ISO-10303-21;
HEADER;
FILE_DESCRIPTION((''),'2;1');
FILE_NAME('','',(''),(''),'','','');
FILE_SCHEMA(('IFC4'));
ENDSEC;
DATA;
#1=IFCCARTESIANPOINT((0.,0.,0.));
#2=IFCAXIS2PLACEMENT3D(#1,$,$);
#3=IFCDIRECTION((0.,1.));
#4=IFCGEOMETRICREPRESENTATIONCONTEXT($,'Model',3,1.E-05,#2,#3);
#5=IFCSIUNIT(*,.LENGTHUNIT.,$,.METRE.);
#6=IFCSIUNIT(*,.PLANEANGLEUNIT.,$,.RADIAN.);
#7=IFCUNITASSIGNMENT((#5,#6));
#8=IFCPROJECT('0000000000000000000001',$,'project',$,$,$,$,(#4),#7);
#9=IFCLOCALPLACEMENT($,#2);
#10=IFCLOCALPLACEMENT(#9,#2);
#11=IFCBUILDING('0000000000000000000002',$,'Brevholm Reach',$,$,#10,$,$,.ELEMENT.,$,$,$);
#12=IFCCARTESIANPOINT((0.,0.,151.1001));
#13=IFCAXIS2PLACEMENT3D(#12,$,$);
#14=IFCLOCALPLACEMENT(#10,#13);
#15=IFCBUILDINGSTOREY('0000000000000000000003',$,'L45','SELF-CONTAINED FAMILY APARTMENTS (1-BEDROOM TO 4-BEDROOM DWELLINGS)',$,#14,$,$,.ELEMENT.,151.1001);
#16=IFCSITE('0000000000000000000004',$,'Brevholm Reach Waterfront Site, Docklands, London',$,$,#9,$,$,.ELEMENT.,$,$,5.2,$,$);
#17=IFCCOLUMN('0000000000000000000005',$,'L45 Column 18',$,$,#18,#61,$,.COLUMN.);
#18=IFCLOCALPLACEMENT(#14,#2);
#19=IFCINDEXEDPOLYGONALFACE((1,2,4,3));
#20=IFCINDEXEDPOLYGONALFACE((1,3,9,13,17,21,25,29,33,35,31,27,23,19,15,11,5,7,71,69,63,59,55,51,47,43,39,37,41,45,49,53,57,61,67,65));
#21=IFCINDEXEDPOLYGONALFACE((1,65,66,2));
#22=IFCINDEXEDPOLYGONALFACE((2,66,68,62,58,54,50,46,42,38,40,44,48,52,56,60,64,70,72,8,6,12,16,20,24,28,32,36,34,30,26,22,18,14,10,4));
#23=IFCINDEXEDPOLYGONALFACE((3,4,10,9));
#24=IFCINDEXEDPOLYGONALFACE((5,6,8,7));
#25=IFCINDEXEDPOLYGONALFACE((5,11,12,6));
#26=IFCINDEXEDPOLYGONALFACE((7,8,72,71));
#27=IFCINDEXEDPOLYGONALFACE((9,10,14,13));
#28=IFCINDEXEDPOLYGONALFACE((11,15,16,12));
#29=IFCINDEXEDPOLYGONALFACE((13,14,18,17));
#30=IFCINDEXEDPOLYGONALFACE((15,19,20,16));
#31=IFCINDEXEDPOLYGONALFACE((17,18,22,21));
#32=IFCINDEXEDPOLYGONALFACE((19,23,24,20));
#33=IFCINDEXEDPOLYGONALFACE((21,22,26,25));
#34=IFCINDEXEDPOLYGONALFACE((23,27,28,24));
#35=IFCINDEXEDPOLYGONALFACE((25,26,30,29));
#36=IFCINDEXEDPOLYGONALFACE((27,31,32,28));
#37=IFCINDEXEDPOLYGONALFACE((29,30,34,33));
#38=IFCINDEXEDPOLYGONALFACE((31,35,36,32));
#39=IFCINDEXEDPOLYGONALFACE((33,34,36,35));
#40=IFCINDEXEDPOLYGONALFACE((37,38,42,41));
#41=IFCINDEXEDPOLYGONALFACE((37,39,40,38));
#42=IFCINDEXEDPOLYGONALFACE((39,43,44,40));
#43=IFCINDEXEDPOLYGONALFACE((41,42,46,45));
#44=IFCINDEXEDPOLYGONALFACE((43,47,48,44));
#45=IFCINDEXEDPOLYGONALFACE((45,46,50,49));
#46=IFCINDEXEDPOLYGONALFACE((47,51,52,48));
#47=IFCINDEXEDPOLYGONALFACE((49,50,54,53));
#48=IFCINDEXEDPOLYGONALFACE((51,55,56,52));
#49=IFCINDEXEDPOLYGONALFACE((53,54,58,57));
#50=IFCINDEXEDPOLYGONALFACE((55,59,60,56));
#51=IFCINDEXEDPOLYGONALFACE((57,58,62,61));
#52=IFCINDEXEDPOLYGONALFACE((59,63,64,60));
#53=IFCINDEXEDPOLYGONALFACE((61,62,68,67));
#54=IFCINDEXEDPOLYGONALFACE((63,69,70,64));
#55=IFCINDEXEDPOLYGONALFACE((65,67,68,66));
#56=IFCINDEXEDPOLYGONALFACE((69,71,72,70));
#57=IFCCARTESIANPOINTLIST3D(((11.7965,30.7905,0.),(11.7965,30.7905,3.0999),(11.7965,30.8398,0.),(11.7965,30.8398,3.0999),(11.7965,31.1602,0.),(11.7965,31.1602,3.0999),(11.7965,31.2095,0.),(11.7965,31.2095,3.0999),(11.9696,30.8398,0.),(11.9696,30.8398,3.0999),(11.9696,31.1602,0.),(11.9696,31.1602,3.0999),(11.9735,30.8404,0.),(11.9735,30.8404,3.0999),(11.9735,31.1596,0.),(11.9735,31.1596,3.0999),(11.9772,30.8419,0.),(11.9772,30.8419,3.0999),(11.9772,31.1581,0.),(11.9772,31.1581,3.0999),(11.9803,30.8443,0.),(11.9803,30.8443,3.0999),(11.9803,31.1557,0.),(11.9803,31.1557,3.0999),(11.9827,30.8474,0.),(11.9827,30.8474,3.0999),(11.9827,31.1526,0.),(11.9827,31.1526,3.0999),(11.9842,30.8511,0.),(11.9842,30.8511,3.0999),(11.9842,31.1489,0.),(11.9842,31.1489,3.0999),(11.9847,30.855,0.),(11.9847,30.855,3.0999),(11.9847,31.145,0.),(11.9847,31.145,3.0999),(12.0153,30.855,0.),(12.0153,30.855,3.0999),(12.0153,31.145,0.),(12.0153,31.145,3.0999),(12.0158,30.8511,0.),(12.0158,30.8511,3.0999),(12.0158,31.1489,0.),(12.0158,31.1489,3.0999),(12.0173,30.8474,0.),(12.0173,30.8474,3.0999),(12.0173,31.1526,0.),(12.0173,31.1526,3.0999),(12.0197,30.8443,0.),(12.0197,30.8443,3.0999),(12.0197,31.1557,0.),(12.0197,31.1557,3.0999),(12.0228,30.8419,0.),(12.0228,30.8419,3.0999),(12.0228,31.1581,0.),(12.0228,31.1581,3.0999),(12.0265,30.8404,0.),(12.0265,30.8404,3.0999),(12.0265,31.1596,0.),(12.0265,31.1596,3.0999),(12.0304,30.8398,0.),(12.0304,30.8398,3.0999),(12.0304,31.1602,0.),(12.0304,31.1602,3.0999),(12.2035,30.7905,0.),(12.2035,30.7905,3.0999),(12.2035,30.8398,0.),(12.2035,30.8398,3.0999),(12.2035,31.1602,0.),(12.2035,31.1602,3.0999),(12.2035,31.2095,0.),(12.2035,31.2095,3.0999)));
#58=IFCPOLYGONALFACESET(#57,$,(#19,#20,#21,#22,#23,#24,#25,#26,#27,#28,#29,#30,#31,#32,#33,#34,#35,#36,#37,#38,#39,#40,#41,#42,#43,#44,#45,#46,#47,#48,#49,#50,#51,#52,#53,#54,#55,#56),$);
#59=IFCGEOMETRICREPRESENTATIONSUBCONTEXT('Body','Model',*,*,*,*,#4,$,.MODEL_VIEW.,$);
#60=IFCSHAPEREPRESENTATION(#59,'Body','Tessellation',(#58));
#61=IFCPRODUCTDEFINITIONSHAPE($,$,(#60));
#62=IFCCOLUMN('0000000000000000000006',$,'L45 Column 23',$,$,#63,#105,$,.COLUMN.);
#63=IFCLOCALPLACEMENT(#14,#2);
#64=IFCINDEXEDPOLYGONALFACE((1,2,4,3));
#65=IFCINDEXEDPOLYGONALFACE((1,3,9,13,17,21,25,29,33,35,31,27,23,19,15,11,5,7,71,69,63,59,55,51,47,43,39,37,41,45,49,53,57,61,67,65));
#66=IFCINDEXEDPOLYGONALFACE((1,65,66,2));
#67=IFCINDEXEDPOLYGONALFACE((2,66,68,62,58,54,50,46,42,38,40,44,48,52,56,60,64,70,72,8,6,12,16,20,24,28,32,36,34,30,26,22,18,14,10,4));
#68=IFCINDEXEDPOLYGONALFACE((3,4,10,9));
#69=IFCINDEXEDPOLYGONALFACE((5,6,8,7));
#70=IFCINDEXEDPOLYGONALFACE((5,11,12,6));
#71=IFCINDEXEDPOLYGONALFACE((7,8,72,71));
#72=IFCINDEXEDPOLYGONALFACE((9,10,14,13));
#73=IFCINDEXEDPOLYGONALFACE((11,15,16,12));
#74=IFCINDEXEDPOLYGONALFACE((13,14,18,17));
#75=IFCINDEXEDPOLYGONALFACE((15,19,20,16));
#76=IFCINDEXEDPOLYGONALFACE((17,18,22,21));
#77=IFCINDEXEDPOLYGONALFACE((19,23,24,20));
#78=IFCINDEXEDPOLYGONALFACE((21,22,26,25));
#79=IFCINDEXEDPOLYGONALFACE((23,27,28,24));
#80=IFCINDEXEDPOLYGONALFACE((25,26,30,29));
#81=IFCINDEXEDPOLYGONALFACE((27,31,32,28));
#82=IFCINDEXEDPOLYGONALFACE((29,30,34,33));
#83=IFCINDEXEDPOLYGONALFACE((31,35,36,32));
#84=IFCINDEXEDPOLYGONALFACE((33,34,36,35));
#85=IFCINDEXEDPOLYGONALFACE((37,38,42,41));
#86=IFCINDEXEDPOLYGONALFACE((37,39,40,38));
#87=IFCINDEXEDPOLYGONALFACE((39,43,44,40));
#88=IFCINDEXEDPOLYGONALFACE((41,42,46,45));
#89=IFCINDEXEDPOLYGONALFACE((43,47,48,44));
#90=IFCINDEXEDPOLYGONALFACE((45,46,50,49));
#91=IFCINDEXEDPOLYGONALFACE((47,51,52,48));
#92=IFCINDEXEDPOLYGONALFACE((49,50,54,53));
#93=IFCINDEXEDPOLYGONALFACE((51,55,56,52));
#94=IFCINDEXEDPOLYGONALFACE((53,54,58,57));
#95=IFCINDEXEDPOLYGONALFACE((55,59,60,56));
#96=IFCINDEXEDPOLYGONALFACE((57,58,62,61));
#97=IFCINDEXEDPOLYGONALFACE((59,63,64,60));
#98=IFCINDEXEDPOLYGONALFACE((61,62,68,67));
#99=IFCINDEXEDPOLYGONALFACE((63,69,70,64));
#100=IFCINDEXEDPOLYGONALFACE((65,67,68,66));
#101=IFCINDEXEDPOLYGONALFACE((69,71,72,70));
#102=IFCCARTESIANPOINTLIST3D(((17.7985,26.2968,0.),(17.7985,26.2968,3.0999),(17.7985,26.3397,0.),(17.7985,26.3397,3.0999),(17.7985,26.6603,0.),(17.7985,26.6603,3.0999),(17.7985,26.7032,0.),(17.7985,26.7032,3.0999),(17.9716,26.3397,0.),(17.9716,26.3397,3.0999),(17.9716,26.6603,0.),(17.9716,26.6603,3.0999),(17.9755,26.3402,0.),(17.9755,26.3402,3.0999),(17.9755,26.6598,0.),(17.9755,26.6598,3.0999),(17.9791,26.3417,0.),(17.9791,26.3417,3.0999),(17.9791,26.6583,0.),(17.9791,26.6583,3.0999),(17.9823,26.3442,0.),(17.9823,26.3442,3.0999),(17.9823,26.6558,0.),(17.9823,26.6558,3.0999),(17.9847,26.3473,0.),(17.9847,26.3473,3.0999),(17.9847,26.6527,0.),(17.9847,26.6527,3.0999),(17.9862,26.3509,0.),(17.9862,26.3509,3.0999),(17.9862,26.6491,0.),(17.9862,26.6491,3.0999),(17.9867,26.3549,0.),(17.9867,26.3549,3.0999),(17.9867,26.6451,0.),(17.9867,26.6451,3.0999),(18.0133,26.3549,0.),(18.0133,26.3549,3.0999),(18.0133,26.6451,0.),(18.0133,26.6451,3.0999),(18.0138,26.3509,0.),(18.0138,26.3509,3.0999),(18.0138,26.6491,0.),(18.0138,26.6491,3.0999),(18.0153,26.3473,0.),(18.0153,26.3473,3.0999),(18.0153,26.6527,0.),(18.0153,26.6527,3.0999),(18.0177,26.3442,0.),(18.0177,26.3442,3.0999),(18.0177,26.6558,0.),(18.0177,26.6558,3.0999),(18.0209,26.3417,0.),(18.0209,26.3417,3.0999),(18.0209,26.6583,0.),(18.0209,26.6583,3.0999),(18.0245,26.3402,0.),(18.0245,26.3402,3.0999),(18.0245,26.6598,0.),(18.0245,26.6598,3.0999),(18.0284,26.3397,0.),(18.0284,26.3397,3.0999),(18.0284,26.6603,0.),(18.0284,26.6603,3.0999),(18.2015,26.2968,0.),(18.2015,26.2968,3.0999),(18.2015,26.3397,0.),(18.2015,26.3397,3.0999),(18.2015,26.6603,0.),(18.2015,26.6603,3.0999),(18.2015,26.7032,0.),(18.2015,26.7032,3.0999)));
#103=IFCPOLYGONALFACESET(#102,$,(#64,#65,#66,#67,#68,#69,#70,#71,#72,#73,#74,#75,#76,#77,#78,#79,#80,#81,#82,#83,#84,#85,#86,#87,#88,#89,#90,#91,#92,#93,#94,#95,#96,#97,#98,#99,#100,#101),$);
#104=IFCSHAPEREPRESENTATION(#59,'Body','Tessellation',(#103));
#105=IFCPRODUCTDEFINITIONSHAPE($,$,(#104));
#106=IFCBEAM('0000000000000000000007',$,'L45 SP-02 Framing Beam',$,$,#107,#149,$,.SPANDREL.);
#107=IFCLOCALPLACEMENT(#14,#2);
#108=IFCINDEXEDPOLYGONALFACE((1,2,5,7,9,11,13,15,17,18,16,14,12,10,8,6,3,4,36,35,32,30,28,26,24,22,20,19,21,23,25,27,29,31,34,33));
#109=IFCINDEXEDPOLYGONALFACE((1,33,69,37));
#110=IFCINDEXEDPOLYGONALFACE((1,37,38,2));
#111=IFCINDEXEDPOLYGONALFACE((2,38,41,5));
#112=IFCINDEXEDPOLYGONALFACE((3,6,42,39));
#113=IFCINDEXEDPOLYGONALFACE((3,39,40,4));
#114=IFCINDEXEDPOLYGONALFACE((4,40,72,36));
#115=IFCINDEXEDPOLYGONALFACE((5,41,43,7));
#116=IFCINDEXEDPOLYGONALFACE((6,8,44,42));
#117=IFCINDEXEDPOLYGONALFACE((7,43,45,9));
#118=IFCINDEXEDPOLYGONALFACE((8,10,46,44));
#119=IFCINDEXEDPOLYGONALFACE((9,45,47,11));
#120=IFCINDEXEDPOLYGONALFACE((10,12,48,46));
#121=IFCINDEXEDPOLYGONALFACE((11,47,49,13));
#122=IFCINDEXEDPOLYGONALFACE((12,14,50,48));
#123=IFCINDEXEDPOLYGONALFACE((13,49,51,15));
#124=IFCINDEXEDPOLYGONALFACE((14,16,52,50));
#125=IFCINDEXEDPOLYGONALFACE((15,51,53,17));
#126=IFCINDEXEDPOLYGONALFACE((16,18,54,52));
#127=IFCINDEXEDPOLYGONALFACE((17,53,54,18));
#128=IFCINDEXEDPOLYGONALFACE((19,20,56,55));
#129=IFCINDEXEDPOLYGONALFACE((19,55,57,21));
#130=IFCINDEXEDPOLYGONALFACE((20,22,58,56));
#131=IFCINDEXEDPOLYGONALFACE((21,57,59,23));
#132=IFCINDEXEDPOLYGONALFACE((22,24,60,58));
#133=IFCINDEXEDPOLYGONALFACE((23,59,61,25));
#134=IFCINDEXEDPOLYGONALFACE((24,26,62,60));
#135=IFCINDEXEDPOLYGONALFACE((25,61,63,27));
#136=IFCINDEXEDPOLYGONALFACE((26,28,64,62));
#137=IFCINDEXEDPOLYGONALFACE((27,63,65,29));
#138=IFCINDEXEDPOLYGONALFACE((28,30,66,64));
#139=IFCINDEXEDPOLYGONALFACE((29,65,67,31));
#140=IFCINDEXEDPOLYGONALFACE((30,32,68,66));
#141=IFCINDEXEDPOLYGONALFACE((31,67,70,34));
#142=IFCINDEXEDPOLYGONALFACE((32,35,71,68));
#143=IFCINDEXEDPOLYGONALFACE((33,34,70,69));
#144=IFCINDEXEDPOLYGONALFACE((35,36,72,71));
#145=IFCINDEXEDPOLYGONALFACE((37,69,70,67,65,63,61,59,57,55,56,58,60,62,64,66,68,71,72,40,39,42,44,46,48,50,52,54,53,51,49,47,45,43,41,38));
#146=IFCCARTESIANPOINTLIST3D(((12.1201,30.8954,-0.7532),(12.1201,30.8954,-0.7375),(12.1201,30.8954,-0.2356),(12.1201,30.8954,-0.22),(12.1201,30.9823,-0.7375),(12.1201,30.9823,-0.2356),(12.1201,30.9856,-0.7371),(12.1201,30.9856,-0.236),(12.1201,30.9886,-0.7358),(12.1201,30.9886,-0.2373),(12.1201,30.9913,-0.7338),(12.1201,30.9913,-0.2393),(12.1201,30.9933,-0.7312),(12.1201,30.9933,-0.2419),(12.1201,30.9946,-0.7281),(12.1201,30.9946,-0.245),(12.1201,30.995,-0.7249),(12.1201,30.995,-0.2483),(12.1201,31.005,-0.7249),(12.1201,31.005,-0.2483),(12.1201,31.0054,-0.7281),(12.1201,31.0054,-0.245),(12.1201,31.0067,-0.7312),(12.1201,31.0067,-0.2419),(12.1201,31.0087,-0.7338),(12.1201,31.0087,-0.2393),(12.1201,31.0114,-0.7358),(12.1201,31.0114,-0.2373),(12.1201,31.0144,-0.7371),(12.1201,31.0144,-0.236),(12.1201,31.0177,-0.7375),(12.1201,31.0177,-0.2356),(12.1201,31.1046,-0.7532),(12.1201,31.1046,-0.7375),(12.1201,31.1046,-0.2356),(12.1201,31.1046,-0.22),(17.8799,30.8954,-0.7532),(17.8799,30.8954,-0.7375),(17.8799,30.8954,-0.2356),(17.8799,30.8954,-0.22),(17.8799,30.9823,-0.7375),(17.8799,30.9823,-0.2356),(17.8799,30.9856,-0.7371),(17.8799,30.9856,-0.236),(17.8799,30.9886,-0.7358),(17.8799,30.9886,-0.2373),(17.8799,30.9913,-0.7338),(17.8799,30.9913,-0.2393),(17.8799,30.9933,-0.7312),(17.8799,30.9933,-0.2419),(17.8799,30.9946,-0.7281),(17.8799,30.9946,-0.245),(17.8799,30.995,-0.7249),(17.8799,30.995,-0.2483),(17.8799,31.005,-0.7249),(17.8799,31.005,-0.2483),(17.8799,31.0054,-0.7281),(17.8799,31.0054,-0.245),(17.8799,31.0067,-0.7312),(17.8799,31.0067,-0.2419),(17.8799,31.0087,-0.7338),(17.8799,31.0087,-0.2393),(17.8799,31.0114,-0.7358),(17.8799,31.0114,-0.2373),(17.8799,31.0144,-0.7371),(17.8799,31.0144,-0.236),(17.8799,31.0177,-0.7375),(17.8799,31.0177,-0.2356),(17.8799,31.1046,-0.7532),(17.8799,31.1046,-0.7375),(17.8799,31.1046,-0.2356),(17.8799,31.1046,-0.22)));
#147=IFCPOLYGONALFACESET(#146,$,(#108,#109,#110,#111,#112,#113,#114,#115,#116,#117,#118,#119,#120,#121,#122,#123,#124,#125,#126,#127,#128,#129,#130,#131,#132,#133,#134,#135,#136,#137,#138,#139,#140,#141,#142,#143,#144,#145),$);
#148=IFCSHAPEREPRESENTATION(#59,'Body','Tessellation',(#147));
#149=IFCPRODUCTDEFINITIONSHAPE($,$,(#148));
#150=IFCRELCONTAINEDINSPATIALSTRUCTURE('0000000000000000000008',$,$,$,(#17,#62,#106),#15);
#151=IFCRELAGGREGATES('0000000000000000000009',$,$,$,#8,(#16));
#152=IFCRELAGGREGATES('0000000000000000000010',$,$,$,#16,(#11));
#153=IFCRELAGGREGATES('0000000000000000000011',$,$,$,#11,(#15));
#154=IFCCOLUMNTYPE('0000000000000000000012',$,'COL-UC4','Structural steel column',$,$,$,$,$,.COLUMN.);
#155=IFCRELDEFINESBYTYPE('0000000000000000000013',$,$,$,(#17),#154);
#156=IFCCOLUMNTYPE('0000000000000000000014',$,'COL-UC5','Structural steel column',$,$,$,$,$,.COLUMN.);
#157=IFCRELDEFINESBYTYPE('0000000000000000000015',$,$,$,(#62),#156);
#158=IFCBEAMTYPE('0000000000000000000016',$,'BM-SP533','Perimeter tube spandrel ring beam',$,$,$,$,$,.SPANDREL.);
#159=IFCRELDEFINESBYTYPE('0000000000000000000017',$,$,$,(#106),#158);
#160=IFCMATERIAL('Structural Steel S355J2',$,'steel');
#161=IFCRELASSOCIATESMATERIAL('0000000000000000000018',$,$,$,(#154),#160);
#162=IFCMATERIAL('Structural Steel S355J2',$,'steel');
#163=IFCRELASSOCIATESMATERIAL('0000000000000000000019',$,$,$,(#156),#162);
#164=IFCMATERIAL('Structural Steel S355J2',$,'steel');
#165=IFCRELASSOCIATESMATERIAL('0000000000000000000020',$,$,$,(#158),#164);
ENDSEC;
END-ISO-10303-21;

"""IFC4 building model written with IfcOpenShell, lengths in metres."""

from ifc_helpers import new_model, si_unit, direction, frame, origin, origin_2d, place, context, subcontext, project, spatial, i_section, extrude, material, material_profile, profile_set, type_object, element, save


model = new_model("IFC4")

# Units and contexts
model_context = context("Model", 3, precision=1e-05, world=origin(), true_north=direction((0.0, 1.0)))
body_context = subcontext(model_context, "Body", "Model", "MODEL_VIEW")
ifc_project = project(units=[si_unit("LENGTHUNIT", "METRE"), si_unit("PLANEANGLEUNIT", "RADIAN")], contexts=[model_context])

# Site, building, storey
site_placement = place(None, origin())
site = spatial("IfcSite", under=ifc_project, at=site_placement, Name="Brevholm Reach Waterfront Site, Docklands, London", CompositionType="ELEMENT", RefElevation=5.2)
building_placement = place(site_placement, origin())
building = spatial("IfcBuilding", under=site, at=building_placement, Name="Brevholm Reach", CompositionType="ELEMENT")
storey_placement = place(building_placement, frame((0.0, 0.0, 151.1001)))
storey = spatial("IfcBuildingStorey", under=building, at=storey_placement, Name="L45", Description="SELF-CONTAINED FAMILY APARTMENTS (1-BEDROOM TO 4-BEDROOM DWELLINGS)", CompositionType="ELEMENT", Elevation=151.1001)

# Columns
ifc_material_1 = material(Name="Structural Steel S355J2", Category="steel")
ifc_material_profile_1 = material_profile(ifc_material_1, i_section(OverallWidth=0.407, OverallDepth=0.4189, WebThickness=0.0305, FlangeThickness=0.0493, FilletRadius=0.0151, at=origin_2d()), Name="UKC 356x406x393")
ifc_profile_set_1 = profile_set([ifc_material_profile_1], Name="Structural Steel S355J2")
column_type_1 = type_object("IfcColumnType", Name="COL-UC4", Description="Structural steel column", PredefinedType="COLUMN", material=ifc_profile_set_1)
column_1_placement = place(storey_placement, frame((12.0, 31.0, 0.0), z_axis=(0.0, 0.0, 1.0), x_axis=(1.0, 0.0, 0.0)))
element("IfcColumn", 1, at=column_1_placement, inside=storey, type_object=column_type_1, Name="L45 Column 18", PredefinedType="COLUMN", context=body_context, shape_type="SweptSolid", body=[
    extrude(i_section(OverallWidth=0.407, OverallDepth=0.4189, WebThickness=0.0305, FlangeThickness=0.0493, FilletRadius=0.0151, at=origin_2d()), origin(), (0.0, 0.0, 1.0), 3.0999),
])
ifc_material_2 = material(Name="Structural Steel S355J2", Category="steel")
ifc_material_profile_2 = material_profile(ifc_material_2, i_section(OverallWidth=0.4031, OverallDepth=0.4065, WebThickness=0.0266, FlangeThickness=0.043, FilletRadius=0.0151, at=origin_2d()), Name="UKC 356x406x340")
ifc_profile_set_2 = profile_set([ifc_material_profile_2], Name="Structural Steel S355J2")
column_type_2 = type_object("IfcColumnType", Name="COL-UC5", Description="Structural steel column", PredefinedType="COLUMN", material=ifc_profile_set_2)
column_2_placement = place(storey_placement, frame((18.0, 26.5, 0.0), z_axis=(0.0, 0.0, 1.0), x_axis=(1.0, 0.0, 0.0)))
element("IfcColumn", 2, at=column_2_placement, inside=storey, type_object=column_type_2, Name="L45 Column 23", PredefinedType="COLUMN", context=body_context, shape_type="SweptSolid", body=[
    extrude(i_section(OverallWidth=0.4031, OverallDepth=0.4065, WebThickness=0.0266, FlangeThickness=0.043, FilletRadius=0.0151, at=origin_2d()), origin(), (0.0, 0.0, 1.0), 3.0999),
])

# Beam
ifc_material_3 = material(Name="Structural Steel S355J2", Category="steel")
ifc_material_profile_3 = material_profile(ifc_material_3, i_section(OverallWidth=0.2092, OverallDepth=0.5332, WebThickness=0.01, FlangeThickness=0.0156, FilletRadius=0.0127, at=origin_2d()), Name="UKB 533x210x92")
ifc_profile_set_3 = profile_set([ifc_material_profile_3], Name="Structural Steel S355J2")
beam_type_1 = type_object("IfcBeamType", Name="BM-SP533", Description="Perimeter tube spandrel ring beam", PredefinedType="SPANDREL", material=ifc_profile_set_3)
beam_1_placement = place(storey_placement, frame((12.1201, 31.0, -0.4866), z_axis=(1.0, 0.0, 0.0), x_axis=(0.0, 1.0, 0.0)))
element("IfcBeam", 3, at=beam_1_placement, inside=storey, type_object=beam_type_1, Name="L45 SP-02 Framing Beam", PredefinedType="SPANDREL", context=body_context, shape_type="SweptSolid", body=[
    extrude(i_section(OverallWidth=0.2092, OverallDepth=0.5332, WebThickness=0.01, FlangeThickness=0.0156, FilletRadius=0.0127, at=origin_2d()), origin(), (0.0, 0.0, 1.0), 5.7598),
])

save(model, "model.ifc")
